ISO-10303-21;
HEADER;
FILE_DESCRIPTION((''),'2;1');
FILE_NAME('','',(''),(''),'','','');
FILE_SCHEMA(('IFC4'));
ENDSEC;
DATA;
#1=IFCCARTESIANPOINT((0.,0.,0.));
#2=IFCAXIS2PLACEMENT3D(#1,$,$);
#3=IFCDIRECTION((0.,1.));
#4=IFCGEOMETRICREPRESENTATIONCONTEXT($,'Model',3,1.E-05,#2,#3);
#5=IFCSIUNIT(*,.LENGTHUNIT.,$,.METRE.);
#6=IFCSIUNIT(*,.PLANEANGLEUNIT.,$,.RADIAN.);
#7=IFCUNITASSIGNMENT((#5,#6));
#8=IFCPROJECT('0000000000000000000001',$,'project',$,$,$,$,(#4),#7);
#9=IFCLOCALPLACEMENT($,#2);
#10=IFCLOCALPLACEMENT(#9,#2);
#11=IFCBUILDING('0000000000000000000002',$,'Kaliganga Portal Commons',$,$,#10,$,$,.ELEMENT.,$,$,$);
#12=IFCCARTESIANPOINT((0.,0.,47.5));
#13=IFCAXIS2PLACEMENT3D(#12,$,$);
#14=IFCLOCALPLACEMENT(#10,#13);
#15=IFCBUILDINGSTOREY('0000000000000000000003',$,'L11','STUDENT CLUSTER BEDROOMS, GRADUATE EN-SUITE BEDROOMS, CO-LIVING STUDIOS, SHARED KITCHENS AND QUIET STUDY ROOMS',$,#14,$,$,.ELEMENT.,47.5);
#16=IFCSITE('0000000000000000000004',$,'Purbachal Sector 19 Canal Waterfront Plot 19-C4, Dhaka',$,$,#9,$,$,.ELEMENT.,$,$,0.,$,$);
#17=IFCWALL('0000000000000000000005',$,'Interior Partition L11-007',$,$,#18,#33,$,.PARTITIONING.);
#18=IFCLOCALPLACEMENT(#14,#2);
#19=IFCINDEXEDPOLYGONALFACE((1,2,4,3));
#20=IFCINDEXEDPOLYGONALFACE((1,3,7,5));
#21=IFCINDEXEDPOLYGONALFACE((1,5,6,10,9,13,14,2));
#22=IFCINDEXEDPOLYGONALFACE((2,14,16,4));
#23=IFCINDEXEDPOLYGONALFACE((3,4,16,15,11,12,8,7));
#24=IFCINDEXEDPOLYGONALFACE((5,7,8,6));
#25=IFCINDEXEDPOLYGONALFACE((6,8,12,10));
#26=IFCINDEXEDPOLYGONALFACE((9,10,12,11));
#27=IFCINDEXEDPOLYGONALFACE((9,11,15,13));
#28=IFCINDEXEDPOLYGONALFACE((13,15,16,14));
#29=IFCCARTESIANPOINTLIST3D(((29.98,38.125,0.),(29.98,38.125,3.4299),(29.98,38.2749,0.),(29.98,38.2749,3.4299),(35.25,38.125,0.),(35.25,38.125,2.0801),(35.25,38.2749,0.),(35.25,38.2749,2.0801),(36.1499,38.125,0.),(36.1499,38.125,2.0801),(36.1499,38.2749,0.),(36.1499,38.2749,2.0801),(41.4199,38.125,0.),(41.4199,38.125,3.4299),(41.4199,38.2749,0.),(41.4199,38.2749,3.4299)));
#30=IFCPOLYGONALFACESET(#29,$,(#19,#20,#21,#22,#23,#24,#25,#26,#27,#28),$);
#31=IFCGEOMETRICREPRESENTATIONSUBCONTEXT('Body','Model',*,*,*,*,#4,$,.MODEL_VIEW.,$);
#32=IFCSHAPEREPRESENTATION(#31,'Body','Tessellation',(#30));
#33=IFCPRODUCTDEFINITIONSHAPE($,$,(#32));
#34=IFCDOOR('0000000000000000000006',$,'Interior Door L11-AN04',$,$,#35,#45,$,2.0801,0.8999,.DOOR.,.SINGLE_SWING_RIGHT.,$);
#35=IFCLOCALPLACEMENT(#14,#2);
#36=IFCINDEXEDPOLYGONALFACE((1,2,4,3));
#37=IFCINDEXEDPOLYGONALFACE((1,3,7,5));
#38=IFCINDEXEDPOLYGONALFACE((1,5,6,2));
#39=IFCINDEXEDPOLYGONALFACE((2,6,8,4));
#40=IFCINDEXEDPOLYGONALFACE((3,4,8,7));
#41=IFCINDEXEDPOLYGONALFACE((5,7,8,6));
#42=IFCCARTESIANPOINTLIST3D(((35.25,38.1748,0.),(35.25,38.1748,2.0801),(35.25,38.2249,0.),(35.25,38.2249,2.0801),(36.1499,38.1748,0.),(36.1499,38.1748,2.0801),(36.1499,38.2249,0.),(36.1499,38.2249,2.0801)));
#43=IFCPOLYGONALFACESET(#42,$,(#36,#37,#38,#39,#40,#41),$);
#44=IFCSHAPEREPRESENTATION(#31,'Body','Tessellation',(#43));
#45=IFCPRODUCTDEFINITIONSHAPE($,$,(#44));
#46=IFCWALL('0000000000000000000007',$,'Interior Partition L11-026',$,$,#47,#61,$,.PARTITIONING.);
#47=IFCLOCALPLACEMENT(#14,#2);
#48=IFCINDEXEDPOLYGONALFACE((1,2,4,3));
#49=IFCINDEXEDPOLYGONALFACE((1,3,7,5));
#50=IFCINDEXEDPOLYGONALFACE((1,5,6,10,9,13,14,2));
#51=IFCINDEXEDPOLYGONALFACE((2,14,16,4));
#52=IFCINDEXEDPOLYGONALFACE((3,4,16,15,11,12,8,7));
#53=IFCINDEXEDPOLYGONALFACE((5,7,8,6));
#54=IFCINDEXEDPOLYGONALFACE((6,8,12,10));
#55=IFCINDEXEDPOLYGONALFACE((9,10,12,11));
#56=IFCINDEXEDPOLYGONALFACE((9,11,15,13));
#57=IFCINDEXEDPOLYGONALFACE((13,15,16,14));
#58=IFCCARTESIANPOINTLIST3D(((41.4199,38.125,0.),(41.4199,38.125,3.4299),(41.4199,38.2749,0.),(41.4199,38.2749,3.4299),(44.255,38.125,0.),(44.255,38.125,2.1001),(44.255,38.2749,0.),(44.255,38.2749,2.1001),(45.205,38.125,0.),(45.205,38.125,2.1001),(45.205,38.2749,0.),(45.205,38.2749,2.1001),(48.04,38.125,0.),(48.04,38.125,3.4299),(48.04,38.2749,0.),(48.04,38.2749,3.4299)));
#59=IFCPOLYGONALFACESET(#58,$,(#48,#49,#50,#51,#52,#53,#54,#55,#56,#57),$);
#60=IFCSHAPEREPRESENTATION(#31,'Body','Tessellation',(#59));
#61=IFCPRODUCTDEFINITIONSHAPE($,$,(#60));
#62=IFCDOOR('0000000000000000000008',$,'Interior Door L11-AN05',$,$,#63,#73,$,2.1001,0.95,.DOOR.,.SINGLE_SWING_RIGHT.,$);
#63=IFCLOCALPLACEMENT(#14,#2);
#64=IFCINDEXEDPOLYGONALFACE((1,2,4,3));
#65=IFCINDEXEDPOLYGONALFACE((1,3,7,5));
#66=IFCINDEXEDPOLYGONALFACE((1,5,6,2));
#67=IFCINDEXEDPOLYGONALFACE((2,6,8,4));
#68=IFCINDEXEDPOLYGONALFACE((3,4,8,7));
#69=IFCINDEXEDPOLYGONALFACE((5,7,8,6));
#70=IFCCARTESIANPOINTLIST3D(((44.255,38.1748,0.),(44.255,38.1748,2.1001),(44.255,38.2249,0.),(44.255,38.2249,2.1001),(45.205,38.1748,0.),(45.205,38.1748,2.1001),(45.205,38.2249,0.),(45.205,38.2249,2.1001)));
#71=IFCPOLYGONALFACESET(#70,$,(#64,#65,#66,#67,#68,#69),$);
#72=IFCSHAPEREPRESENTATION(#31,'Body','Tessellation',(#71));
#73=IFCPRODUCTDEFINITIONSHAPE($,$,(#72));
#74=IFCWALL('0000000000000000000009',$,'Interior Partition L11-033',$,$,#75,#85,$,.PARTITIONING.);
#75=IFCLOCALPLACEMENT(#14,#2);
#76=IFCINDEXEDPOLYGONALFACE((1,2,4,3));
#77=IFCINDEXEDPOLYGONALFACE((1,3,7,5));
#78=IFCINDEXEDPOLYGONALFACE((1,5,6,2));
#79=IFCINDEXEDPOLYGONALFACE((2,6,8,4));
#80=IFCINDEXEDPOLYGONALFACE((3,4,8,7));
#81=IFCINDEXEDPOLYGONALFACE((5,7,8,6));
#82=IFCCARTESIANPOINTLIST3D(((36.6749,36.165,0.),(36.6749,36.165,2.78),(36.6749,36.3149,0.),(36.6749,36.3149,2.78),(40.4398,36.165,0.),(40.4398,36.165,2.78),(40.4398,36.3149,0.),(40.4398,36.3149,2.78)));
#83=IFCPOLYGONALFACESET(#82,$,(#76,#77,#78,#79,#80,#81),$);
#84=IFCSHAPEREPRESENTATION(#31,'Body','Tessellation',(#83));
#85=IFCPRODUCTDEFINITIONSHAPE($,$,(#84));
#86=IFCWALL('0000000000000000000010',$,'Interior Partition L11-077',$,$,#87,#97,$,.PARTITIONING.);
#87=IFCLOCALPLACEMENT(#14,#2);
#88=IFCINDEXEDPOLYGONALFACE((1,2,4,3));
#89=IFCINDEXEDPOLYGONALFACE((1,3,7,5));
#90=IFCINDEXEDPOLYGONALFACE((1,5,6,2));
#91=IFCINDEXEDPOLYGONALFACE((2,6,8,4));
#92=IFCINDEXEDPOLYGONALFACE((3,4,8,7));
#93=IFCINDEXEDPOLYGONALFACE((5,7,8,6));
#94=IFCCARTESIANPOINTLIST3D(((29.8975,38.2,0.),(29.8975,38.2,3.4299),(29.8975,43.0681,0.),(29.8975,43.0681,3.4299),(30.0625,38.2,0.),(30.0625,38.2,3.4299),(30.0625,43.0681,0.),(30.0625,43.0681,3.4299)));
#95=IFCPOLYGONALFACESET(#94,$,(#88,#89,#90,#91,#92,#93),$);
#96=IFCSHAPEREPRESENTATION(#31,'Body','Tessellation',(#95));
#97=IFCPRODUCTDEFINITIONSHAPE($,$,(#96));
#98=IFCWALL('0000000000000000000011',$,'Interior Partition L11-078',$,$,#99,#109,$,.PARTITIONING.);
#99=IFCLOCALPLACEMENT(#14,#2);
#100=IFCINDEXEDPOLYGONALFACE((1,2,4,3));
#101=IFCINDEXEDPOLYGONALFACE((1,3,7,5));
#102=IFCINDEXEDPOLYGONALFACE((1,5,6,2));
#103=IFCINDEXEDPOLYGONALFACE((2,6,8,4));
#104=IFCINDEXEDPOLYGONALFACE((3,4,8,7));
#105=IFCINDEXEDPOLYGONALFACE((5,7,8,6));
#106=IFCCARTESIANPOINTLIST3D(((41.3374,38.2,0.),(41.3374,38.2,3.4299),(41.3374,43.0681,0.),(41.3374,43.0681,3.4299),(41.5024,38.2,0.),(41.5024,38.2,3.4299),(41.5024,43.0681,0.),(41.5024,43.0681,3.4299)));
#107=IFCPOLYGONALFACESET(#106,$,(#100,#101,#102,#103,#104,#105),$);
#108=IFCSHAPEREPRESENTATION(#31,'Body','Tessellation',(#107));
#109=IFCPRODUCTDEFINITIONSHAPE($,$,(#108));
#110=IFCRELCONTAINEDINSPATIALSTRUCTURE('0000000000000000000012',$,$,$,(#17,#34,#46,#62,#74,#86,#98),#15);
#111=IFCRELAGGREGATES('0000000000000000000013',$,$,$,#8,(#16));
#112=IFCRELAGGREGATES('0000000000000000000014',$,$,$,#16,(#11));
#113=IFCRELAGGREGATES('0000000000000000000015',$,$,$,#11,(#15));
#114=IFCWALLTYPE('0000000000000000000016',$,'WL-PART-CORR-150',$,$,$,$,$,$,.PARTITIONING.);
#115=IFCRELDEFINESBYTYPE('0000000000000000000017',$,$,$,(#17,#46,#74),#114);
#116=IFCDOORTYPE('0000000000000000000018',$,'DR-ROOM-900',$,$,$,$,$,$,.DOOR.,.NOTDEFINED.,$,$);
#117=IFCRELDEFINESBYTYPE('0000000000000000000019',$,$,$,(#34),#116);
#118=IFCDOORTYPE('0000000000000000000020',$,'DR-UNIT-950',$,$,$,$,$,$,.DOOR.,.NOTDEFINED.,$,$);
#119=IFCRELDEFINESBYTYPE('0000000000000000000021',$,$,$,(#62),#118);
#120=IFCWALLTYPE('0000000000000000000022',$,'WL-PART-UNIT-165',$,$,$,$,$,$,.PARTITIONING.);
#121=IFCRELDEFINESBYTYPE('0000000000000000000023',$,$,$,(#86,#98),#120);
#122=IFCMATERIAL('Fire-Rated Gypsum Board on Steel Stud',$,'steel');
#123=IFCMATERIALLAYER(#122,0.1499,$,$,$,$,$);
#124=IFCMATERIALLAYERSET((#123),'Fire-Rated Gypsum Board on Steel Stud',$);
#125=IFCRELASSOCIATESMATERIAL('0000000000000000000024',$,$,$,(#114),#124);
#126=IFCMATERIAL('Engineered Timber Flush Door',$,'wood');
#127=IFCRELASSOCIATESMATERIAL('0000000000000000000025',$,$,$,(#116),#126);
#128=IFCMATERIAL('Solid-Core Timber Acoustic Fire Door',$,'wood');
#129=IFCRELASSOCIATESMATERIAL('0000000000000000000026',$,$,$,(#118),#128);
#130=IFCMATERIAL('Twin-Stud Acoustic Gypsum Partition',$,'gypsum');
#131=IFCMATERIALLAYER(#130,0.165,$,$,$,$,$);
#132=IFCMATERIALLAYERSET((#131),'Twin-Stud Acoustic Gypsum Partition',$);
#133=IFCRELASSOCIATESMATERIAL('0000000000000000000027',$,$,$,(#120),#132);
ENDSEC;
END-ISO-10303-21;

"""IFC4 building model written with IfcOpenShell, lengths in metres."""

from ifc_helpers import new_model, si_unit, direction, frame, frame_2d, origin, place, context, subcontext, project, spatial, rectangle, extrude, material, layer, layer_set, type_object, element, fill, save


model = new_model("IFC4")

# Units and contexts
model_context = context("Model", 3, precision=1e-05, world=origin(), true_north=direction((0.0, 1.0)))
body_context = subcontext(model_context, "Body", "Model", "MODEL_VIEW")
ifc_project = project(units=[si_unit("LENGTHUNIT", "METRE"), si_unit("PLANEANGLEUNIT", "RADIAN")], contexts=[model_context])

# Site, building, storey
site_placement = place(None, origin())
site = spatial("IfcSite", under=ifc_project, at=site_placement, Name="Purbachal Sector 19 Canal Waterfront Plot 19-C4, Dhaka", CompositionType="ELEMENT", RefElevation=0.0)
building_placement = place(site_placement, origin())
building = spatial("IfcBuilding", under=site, at=building_placement, Name="Kaliganga Portal Commons", CompositionType="ELEMENT")
storey_placement = place(building_placement, frame((0.0, 0.0, 47.5)))
storey = spatial("IfcBuildingStorey", under=building, at=storey_placement, Name="L11", Description="STUDENT CLUSTER BEDROOMS, GRADUATE EN-SUITE BEDROOMS, CO-LIVING STUDIOS, SHARED KITCHENS AND QUIET STUDY ROOMS", CompositionType="ELEMENT", Elevation=47.5)

# Walls, openings, doors
ifc_material_1 = material(Name="Fire-Rated Gypsum Board on Steel Stud", Category="steel")
ifc_layer_1 = layer(ifc_material_1, 0.1499)
ifc_layer_set_1 = layer_set([ifc_layer_1], Name="Fire-Rated Gypsum Board on Steel Stud")
wall_type_1 = type_object("IfcWallType", Name="WL-PART-CORR-150", PredefinedType="PARTITIONING", material=ifc_layer_set_1)
wall_1_placement = place(storey_placement, frame((29.98, 38.2, 0.0), z_axis=(0.0, 0.0, 1.0), x_axis=(1.0, 0.0, 0.0)))
wall_1 = element("IfcWall", 1, at=wall_1_placement, inside=storey, type_object=wall_type_1, Name="Interior Partition L11-007", PredefinedType="PARTITIONING", context=body_context, shape_type="SweptSolid", body=[
    extrude(rectangle(XDim=11.4399, YDim=0.1499, at=frame_2d((5.72, 0.0))), origin(), (0.0, 0.0, 1.0), 3.4299),
])
opening_1_placement = place(wall_1_placement, frame((5.27, 0.0, 0.0)))
opening_1 = element("IfcOpeningElement", 2, at=opening_1_placement, cuts=wall_1, PredefinedType="OPENING", context=body_context, shape_type="SweptSolid", body=[
    extrude(rectangle(XDim=0.8999, YDim=2.0801, at=frame_2d((0.45, 1.04))), frame((0.0, 0.085, 0.0), z_axis=(0.0, -1.0, 0.0), x_axis=(1.0, 0.0, 0.0)), (0.0, 0.0, 1.0), 0.1699),
])
ifc_material_2 = material(Name="Engineered Timber Flush Door", Category="wood")
door_type_1 = type_object("IfcDoorType", Name="DR-ROOM-900", OperationType="NOTDEFINED", PredefinedType="DOOR", material=ifc_material_2)
door_1_placement = place(opening_1_placement, origin())
door_1 = element("IfcDoor", 3, at=door_1_placement, inside=storey, type_object=door_type_1, Name="Interior Door L11-AN04", OperationType="SINGLE_SWING_RIGHT", OverallHeight=2.0801, OverallWidth=0.8999, PredefinedType="DOOR", context=body_context, shape_type="SweptSolid", body=[
    extrude(rectangle(XDim=0.8999, YDim=2.0801, at=frame_2d((0.45, 1.04))), frame((0.0, 0.0249, 0.0), z_axis=(0.0, -1.0, 0.0), x_axis=(1.0, 0.0, 0.0)), (0.0, 0.0, 1.0), 0.05),
])
fill(opening_1, door_1)
wall_2_placement = place(storey_placement, frame((41.4199, 38.2, 0.0), z_axis=(0.0, 0.0, 1.0), x_axis=(1.0, 0.0, 0.0)))
wall_2 = element("IfcWall", 4, at=wall_2_placement, inside=storey, type_object=wall_type_1, Name="Interior Partition L11-026", PredefinedType="PARTITIONING", context=body_context, shape_type="SweptSolid", body=[
    extrude(rectangle(XDim=6.6201, YDim=0.1499, at=frame_2d((3.3101, 0.0))), origin(), (0.0, 0.0, 1.0), 3.4299),
])
opening_2_placement = place(wall_2_placement, frame((2.835, 0.0, 0.0)))
opening_2 = element("IfcOpeningElement", 5, at=opening_2_placement, cuts=wall_2, PredefinedType="OPENING", context=body_context, shape_type="SweptSolid", body=[
    extrude(rectangle(XDim=0.95, YDim=2.1001, at=frame_2d((0.4751, 1.05))), frame((0.0, 0.085, 0.0), z_axis=(0.0, -1.0, 0.0), x_axis=(1.0, 0.0, 0.0)), (0.0, 0.0, 1.0), 0.1699),
])
ifc_material_3 = material(Name="Solid-Core Timber Acoustic Fire Door", Category="wood")
door_type_2 = type_object("IfcDoorType", Name="DR-UNIT-950", OperationType="NOTDEFINED", PredefinedType="DOOR", material=ifc_material_3)
door_2_placement = place(opening_2_placement, origin())
door_2 = element("IfcDoor", 6, at=door_2_placement, inside=storey, type_object=door_type_2, Name="Interior Door L11-AN05", OperationType="SINGLE_SWING_RIGHT", OverallHeight=2.1001, OverallWidth=0.95, PredefinedType="DOOR", context=body_context, shape_type="SweptSolid", body=[
    extrude(rectangle(XDim=0.95, YDim=2.1001, at=frame_2d((0.4751, 1.05))), frame((0.0, 0.0249, 0.0), z_axis=(0.0, -1.0, 0.0), x_axis=(1.0, 0.0, 0.0)), (0.0, 0.0, 1.0), 0.05),
])
fill(opening_2, door_2)

# Wall
wall_3_placement = place(storey_placement, frame((36.675, 36.24, 0.0), z_axis=(0.0, 0.0, 1.0), x_axis=(1.0, 0.0, 0.0)))
element("IfcWall", 7, at=wall_3_placement, inside=storey, type_object=wall_type_1, Name="Interior Partition L11-033", PredefinedType="PARTITIONING", context=body_context, shape_type="SweptSolid", body=[
    extrude(rectangle(XDim=3.7649, YDim=0.1499, at=frame_2d((1.8823, 0.0))), origin(), (0.0, 0.0, 1.0), 2.78),
])

# Walls
ifc_material_4 = material(Name="Twin-Stud Acoustic Gypsum Partition", Category="gypsum")
ifc_layer_2 = layer(ifc_material_4, 0.165)
ifc_layer_set_2 = layer_set([ifc_layer_2], Name="Twin-Stud Acoustic Gypsum Partition")
wall_type_2 = type_object("IfcWallType", Name="WL-PART-UNIT-165", PredefinedType="PARTITIONING", material=ifc_layer_set_2)
for number, where, z_axis, x_axis, name in (
    (8, (29.98, 38.2, 0.0), (0.0, 0.0, 1.0), (0.0, 1.0, 0.0), "Interior Partition L11-077"),
    (9, (41.4199, 38.2, 0.0), (0.0, 0.0, 1.0), (0.0, 1.0, 0.0), "Interior Partition L11-078"),
):
    element("IfcWall", number, at=place(storey_placement, frame(where, z_axis=z_axis, x_axis=x_axis)), inside=storey, type_object=wall_type_2, Name=name, PredefinedType="PARTITIONING", context=body_context, shape_type="SweptSolid", body=[
        extrude(rectangle(XDim=4.8682, YDim=0.165, at=frame_2d((2.4341, 0.0))), origin(), (0.0, 0.0, 1.0), 3.4299),
    ])

save(model, "model.ifc")
